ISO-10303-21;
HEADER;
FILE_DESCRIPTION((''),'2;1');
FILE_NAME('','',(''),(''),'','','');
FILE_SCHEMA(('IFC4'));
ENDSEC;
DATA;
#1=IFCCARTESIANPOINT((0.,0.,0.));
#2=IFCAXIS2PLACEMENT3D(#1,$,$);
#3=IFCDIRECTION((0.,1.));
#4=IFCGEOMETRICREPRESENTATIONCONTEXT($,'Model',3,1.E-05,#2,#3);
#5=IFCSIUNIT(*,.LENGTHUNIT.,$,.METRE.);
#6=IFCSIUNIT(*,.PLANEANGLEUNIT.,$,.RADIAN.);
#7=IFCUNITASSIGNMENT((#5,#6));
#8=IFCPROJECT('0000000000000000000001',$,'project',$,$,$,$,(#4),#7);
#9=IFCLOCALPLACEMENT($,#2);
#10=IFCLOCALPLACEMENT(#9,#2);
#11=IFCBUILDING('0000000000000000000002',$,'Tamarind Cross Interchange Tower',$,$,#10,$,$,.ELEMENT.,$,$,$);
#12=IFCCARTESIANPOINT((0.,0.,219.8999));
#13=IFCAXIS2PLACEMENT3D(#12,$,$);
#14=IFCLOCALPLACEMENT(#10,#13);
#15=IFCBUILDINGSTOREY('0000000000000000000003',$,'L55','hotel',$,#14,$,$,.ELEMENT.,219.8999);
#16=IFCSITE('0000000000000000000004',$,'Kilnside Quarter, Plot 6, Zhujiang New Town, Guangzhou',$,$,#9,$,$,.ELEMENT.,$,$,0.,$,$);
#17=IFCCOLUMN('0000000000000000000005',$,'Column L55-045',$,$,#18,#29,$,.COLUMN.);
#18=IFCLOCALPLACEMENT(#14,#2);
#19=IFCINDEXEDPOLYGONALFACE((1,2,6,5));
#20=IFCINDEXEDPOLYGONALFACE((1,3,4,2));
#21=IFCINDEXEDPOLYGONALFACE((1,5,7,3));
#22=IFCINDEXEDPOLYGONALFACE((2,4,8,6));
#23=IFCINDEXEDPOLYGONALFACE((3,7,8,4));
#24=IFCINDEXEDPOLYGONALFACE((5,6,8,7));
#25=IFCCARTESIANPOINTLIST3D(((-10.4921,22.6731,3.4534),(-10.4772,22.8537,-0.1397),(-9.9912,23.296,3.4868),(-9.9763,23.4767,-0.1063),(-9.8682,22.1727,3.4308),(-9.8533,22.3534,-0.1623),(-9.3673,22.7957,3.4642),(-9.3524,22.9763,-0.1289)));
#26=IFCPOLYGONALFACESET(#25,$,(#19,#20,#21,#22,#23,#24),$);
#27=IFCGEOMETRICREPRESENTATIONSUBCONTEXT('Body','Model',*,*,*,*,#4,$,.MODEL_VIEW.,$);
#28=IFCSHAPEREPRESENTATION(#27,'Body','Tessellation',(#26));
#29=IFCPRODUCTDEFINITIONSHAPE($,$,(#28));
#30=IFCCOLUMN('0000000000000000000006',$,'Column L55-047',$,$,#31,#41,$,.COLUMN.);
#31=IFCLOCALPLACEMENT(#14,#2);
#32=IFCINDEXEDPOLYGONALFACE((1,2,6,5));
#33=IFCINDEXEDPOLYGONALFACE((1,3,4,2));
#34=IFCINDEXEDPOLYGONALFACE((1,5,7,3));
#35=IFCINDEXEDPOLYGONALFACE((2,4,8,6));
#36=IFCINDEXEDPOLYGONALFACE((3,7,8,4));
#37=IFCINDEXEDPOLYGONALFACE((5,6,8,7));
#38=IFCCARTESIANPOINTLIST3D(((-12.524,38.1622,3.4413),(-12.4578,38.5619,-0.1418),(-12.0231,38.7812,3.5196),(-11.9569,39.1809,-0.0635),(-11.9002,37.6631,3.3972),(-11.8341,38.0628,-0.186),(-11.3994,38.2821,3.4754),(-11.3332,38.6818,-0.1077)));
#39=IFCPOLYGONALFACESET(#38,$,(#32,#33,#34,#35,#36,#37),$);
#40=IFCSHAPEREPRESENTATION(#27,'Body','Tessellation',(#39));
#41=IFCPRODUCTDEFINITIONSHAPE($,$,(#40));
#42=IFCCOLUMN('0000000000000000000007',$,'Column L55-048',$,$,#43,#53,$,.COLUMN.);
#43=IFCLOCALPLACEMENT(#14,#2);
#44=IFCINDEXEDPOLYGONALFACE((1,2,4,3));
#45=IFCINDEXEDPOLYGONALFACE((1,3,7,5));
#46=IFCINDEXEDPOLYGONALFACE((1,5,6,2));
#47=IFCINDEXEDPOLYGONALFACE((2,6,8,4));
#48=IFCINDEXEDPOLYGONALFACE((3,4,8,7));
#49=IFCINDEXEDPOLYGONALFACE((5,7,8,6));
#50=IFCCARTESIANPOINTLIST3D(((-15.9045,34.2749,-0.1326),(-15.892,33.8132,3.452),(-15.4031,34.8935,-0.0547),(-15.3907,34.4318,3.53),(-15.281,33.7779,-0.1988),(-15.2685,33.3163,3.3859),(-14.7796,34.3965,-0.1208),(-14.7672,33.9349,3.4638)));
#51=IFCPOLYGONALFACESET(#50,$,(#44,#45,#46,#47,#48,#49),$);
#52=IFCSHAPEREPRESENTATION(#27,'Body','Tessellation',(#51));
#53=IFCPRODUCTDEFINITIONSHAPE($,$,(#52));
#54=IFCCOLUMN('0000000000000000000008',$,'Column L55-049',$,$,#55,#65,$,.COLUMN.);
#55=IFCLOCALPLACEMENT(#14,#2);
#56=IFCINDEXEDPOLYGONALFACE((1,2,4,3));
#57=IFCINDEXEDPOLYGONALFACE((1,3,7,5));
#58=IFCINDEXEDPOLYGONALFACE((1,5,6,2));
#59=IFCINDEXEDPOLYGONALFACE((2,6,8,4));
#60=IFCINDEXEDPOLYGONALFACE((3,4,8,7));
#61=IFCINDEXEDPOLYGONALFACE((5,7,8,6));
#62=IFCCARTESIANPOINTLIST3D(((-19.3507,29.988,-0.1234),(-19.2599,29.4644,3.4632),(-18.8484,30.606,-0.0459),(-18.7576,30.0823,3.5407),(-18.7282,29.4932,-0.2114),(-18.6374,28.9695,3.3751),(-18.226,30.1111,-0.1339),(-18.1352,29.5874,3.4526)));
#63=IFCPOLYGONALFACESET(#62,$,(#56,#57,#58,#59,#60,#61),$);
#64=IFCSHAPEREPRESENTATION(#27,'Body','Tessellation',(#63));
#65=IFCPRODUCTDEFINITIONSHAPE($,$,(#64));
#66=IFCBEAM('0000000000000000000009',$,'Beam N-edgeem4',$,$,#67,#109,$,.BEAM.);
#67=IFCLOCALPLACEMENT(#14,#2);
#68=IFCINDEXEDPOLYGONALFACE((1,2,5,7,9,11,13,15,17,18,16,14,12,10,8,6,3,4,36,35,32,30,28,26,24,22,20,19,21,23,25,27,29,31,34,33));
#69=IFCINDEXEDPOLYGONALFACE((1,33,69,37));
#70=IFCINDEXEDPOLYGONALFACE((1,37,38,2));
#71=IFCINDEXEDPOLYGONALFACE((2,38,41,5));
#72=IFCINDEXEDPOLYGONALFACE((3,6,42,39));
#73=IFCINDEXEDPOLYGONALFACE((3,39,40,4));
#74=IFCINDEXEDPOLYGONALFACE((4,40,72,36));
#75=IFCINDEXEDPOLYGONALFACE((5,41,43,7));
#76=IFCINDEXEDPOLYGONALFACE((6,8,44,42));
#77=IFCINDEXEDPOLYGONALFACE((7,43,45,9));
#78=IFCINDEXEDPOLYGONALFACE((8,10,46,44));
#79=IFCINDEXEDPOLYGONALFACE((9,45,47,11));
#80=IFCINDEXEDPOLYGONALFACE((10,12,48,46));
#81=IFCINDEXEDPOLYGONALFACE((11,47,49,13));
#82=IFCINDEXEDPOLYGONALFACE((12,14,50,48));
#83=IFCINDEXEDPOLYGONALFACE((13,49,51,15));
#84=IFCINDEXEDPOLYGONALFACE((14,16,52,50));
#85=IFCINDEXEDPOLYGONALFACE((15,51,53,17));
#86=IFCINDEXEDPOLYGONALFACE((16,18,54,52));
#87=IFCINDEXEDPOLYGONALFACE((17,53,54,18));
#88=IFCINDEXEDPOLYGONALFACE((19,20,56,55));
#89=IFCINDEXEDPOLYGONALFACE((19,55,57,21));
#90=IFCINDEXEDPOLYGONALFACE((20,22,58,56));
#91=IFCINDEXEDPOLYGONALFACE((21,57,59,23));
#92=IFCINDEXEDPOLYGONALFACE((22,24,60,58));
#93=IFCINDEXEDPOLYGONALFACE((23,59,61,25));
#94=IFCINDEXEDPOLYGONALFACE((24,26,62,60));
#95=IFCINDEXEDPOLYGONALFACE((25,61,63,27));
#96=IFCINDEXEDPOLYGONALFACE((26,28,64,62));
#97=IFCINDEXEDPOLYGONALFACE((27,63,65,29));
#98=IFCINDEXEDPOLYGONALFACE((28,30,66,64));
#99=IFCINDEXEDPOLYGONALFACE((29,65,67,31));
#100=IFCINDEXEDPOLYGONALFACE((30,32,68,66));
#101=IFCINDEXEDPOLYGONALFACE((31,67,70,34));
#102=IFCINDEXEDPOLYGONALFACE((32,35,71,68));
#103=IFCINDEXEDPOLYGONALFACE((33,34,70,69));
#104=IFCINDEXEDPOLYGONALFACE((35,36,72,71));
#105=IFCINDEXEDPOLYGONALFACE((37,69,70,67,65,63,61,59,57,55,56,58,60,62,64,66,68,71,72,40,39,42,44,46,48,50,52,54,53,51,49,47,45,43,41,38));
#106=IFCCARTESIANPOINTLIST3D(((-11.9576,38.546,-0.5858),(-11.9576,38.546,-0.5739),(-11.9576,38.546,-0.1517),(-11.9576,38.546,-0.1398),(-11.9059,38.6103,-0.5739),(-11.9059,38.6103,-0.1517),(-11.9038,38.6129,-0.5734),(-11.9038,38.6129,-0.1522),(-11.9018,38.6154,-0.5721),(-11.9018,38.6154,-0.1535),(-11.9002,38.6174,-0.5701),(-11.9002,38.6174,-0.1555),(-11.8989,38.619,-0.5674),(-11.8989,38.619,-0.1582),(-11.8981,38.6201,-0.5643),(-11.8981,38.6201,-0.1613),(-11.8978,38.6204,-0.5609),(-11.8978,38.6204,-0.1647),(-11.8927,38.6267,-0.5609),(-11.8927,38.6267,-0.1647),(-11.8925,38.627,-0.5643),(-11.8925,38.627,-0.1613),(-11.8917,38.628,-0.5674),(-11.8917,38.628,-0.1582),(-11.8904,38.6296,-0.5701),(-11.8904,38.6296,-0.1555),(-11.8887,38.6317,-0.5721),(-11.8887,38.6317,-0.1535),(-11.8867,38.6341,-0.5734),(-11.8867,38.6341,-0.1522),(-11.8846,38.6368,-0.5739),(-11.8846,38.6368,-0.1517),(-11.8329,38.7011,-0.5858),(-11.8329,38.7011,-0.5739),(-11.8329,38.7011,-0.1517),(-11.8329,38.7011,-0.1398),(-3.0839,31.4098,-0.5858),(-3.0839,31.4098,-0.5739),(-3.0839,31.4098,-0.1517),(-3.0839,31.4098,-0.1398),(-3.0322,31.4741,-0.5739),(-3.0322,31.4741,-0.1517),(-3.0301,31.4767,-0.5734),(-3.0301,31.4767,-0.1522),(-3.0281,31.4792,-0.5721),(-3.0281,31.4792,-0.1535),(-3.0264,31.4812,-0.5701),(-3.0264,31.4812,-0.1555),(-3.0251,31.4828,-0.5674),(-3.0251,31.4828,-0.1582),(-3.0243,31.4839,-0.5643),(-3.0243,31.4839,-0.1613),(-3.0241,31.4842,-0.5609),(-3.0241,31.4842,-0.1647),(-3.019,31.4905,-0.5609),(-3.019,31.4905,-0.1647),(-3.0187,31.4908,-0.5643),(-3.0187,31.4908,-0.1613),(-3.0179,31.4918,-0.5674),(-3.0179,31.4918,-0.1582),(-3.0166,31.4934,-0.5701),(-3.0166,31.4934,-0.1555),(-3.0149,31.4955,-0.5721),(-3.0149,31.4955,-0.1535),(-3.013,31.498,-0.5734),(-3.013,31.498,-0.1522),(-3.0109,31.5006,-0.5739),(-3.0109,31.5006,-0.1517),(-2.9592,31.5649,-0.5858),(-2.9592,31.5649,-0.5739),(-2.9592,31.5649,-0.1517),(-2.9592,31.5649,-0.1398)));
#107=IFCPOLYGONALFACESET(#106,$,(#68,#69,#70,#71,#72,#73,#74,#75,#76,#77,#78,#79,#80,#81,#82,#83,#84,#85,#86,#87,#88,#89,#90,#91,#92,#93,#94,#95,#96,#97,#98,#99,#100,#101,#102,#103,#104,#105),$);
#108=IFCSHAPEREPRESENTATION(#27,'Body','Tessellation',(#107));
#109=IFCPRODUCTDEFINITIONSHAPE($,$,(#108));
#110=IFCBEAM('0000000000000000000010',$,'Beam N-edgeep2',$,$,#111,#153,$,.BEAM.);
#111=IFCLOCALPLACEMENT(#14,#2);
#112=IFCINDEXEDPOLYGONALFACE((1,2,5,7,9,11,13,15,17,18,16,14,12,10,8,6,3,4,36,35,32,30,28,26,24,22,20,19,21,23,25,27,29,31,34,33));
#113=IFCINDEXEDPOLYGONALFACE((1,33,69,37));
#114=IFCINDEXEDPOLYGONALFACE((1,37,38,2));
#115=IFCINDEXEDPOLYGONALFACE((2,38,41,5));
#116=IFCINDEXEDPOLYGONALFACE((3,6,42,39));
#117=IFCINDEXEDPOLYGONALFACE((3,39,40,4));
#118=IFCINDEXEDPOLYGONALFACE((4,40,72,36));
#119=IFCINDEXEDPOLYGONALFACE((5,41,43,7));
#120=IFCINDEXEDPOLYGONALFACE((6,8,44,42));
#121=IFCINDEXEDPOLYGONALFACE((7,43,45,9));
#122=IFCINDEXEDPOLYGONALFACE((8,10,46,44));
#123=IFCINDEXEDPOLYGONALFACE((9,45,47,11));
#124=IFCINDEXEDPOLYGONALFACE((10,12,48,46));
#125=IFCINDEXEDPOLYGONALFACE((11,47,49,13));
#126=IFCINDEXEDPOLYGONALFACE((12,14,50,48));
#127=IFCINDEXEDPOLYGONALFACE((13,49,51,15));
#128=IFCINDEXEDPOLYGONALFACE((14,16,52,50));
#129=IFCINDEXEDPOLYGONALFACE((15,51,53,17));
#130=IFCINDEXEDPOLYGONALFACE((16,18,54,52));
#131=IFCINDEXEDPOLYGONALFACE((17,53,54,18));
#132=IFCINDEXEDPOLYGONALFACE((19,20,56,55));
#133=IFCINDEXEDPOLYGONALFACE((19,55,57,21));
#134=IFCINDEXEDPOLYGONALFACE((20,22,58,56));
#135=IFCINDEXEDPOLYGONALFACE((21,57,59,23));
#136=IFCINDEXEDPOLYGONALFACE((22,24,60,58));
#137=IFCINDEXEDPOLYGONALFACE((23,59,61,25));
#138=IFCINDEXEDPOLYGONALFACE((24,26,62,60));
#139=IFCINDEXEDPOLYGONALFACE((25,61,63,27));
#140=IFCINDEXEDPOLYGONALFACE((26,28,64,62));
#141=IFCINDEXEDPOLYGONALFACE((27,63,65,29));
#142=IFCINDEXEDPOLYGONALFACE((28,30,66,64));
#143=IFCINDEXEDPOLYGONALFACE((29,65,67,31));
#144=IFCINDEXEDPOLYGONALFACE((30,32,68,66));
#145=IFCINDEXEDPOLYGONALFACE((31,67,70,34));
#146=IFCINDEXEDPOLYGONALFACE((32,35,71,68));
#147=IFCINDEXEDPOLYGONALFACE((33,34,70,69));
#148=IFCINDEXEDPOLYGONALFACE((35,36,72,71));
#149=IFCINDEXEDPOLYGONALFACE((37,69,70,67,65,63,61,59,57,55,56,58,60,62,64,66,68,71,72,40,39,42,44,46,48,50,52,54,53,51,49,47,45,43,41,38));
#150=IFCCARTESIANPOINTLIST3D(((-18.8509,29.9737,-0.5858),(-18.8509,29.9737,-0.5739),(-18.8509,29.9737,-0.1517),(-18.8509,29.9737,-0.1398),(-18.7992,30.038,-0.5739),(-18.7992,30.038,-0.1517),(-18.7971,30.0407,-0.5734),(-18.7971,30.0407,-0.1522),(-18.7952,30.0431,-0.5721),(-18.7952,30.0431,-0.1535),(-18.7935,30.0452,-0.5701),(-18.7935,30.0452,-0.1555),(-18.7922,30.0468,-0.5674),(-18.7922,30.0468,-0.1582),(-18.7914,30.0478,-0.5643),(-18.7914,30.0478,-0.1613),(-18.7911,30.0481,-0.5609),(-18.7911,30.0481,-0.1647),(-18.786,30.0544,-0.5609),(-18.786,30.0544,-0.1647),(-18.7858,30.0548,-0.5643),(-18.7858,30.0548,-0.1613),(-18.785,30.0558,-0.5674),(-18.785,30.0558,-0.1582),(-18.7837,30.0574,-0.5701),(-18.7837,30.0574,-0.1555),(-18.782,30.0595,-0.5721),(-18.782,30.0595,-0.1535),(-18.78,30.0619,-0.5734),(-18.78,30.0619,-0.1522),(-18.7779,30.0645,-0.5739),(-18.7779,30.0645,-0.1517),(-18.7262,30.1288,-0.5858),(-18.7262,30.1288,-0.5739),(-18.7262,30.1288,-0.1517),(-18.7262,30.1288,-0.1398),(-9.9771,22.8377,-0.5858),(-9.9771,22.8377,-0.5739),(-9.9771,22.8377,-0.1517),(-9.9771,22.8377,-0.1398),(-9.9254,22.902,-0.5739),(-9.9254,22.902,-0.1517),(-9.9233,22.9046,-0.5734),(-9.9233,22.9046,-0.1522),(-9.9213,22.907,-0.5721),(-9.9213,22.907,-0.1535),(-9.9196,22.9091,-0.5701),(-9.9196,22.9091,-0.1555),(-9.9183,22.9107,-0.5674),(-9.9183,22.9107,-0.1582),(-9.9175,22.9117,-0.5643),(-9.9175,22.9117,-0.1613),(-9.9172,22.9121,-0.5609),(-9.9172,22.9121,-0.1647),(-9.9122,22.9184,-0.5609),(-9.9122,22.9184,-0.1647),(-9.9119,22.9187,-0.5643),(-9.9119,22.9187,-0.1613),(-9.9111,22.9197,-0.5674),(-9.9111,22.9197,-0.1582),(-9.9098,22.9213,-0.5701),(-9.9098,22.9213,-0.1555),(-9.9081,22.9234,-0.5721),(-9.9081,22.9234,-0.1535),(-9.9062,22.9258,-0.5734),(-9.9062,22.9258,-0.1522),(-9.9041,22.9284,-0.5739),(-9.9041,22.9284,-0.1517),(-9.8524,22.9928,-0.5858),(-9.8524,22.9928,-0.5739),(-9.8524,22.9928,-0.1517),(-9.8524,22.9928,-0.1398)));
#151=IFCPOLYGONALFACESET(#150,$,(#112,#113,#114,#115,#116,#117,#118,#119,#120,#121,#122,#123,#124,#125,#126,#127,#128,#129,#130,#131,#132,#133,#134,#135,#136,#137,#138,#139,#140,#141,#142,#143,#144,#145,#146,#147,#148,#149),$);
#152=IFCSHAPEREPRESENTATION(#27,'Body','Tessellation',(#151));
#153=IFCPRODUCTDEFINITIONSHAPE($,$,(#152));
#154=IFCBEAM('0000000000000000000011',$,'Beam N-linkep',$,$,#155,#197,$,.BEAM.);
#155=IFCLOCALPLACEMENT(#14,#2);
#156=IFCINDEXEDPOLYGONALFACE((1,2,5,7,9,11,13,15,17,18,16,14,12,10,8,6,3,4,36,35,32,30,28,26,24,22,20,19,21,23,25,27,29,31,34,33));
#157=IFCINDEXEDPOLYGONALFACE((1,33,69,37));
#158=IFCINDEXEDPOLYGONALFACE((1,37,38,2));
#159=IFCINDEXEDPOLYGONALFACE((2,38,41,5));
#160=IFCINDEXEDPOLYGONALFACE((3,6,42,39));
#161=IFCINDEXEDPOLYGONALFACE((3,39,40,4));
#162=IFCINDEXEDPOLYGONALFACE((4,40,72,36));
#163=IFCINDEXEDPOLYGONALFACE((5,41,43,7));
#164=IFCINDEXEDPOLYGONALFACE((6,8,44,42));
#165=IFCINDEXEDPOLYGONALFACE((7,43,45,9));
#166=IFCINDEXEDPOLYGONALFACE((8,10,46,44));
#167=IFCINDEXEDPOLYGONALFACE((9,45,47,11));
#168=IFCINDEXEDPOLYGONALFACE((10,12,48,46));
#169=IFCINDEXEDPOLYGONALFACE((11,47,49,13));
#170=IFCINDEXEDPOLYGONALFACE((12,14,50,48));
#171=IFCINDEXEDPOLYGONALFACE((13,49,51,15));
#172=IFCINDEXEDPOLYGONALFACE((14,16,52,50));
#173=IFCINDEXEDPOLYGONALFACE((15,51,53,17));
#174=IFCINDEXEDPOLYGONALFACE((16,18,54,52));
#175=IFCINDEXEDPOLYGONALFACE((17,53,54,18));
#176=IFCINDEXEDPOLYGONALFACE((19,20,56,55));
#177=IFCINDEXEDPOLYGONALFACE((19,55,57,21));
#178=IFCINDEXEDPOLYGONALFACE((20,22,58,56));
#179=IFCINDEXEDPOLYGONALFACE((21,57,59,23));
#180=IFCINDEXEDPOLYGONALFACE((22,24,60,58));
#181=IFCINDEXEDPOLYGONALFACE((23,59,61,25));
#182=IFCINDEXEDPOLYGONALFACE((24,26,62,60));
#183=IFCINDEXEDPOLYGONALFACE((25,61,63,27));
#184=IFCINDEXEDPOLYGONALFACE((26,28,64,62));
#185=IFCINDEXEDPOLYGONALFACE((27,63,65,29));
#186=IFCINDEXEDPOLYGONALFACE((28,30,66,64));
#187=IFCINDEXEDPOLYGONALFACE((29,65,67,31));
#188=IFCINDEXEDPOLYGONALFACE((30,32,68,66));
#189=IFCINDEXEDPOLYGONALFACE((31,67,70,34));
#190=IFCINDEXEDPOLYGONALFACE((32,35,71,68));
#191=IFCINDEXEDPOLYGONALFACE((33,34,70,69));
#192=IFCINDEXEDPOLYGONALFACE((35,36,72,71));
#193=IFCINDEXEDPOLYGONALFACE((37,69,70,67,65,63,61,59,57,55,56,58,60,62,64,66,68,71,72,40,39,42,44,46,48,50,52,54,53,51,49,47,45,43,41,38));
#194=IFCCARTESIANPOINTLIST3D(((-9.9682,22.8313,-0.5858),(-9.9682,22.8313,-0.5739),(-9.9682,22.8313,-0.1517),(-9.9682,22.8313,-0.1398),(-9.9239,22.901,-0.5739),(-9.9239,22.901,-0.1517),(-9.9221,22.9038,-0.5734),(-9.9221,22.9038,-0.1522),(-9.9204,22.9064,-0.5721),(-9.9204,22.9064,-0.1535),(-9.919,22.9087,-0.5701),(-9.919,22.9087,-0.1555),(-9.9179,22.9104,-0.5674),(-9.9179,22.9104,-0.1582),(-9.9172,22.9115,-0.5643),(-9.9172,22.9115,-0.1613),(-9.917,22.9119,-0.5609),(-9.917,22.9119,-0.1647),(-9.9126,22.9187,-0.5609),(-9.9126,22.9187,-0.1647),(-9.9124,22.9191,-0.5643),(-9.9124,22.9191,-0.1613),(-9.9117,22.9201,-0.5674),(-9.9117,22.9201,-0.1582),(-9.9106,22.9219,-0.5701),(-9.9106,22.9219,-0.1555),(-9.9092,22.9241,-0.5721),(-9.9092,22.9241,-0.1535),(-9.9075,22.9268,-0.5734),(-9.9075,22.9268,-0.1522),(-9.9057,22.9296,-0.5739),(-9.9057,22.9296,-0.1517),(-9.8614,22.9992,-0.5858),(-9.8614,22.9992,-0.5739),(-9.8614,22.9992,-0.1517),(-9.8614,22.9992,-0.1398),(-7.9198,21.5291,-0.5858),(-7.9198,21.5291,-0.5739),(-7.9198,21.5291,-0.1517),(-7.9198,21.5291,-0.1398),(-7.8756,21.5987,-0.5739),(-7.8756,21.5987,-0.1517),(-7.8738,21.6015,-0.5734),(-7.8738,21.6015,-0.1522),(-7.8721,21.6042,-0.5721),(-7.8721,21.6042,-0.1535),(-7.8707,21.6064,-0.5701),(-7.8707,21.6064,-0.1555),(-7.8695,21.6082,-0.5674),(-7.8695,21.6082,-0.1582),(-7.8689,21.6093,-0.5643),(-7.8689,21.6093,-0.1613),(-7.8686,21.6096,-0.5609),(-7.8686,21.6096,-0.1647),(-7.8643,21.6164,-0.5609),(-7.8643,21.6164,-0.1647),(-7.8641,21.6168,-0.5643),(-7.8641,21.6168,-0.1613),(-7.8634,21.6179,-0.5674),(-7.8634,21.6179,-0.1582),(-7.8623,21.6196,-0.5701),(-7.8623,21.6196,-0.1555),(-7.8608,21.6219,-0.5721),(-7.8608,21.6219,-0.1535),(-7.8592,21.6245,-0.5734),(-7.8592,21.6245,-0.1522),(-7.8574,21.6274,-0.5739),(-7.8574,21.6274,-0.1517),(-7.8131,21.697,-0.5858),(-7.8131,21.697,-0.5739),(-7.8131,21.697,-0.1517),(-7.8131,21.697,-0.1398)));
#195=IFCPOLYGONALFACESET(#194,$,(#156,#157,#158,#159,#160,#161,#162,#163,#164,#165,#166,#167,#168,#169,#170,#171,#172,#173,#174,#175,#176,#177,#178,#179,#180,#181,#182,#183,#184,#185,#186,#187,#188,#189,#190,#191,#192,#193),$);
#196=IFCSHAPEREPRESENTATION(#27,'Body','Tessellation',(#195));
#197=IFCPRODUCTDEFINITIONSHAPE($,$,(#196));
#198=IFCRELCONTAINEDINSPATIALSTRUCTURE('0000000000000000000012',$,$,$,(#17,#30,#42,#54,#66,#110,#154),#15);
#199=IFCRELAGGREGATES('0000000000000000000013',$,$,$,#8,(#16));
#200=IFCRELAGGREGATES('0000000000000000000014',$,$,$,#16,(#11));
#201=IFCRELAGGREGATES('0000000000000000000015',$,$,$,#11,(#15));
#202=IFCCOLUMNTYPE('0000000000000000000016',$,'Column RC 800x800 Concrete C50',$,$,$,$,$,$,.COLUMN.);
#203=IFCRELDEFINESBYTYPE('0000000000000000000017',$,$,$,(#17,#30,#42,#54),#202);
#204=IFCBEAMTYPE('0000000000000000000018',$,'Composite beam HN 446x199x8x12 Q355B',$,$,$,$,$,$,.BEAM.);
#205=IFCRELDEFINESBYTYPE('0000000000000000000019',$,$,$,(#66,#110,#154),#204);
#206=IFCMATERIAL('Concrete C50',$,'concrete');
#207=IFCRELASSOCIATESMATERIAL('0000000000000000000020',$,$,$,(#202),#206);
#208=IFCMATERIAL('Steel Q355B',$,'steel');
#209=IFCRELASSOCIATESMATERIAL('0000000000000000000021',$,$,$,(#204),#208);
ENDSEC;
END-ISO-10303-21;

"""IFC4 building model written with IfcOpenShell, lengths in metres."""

from ifc_helpers import new_model, si_unit, direction, frame, origin, origin_2d, place, context, subcontext, project, spatial, rectangle, i_section, extrude, material, material_profile, profile_set, type_object, element, save


model = new_model("IFC4")

# Units and contexts
model_context = context("Model", 3, precision=1e-05, world=origin(), true_north=direction((0.0, 1.0)))
body_context = subcontext(model_context, "Body", "Model", "MODEL_VIEW")
ifc_project = project(units=[si_unit("LENGTHUNIT", "METRE"), si_unit("PLANEANGLEUNIT", "RADIAN")], contexts=[model_context])

# Site, building, storey
site_placement = place(None, origin())
site = spatial("IfcSite", under=ifc_project, at=site_placement, Name="Kilnside Quarter, Plot 6, Zhujiang New Town, Guangzhou", CompositionType="ELEMENT", RefElevation=0.0)
building_placement = place(site_placement, origin())
building = spatial("IfcBuilding", under=site, at=building_placement, Name="Tamarind Cross Interchange Tower", CompositionType="ELEMENT")
storey_placement = place(building_placement, frame((0.0, 0.0, 219.8999)))
storey = spatial("IfcBuildingStorey", under=building, at=storey_placement, Name="L55", Description="hotel", CompositionType="ELEMENT", Elevation=219.8999)

# Columns
ifc_material_1 = material(Name="Concrete C50", Category="concrete")
ifc_material_profile_1 = material_profile(ifc_material_1, rectangle(XDim=0.8, YDim=0.8, at=origin_2d()), Name="RC 800x800")
ifc_profile_set_1 = profile_set([ifc_material_profile_1], Name="Concrete C50")
column_type = type_object("IfcColumnType", Name="Column RC 800x800 Concrete C50", PredefinedType="COLUMN", material=ifc_profile_set_1)
column_1_placement = place(storey_placement, frame((-9.9148, 22.915, -0.1343), z_axis=(-0.00414, -0.050218, 0.99873), x_axis=(0.626045, 0.778669, 0.041748)))
element("IfcColumn", 1, at=column_1_placement, inside=storey, type_object=column_type, Name="Column L55-045", PredefinedType="COLUMN", context=body_context, shape_type="SweptSolid", body=[
    extrude(rectangle(XDim=0.8, YDim=0.8, at=origin_2d()), origin(), (0.0, 0.0, 1.0), 3.5977),
])
column_2_placement = place(storey_placement, frame((-11.8955, 38.6218, -0.1248), z_axis=(-0.018349, -0.110837, 0.993669), x_axis=(0.626012, 0.773649, 0.097855)))
element("IfcColumn", 2, at=column_2_placement, inside=storey, type_object=column_type, Name="Column L55-047", PredefinedType="COLUMN", context=body_context, shape_type="SweptSolid", body=[
    extrude(rectangle(XDim=0.8, YDim=0.8, at=origin_2d()), origin(), (0.0, 0.0, 1.0), 3.606),
])
column_3_placement = place(storey_placement, frame((-15.342, 34.3357, -0.1267), z_axis=(0.003445, -0.127733, 0.991803), x_axis=(0.626633, 0.773203, 0.097403)))
element("IfcColumn", 3, at=column_3_placement, inside=storey, type_object=column_type, Name="Column L55-048", PredefinedType="COLUMN", context=body_context, shape_type="SweptSolid", body=[
    extrude(rectangle(XDim=0.8, YDim=0.8, at=origin_2d()), origin(), (0.0, 0.0, 1.0), 3.6143),
])
column_4_placement = place(storey_placement, frame((-18.7883, 30.0496, -0.1287), z_axis=(0.025048, -0.144431, 0.989198), x_axis=(0.627777, 0.772342, 0.096872)))
element("IfcColumn", 4, at=column_4_placement, inside=storey, type_object=column_type, Name="Column L55-049", PredefinedType="COLUMN", context=body_context, shape_type="SweptSolid", body=[
    extrude(rectangle(XDim=0.8, YDim=0.8, at=origin_2d()), origin(), (0.0, 0.0, 1.0), 3.6257),
])

# Beams
ifc_material_2 = material(Name="Steel Q355B", Category="steel")
ifc_material_profile_2 = material_profile(ifc_material_2, i_section(OverallWidth=0.199, OverallDepth=0.446, WebThickness=0.0081, FlangeThickness=0.012, FilletRadius=0.0129, at=origin_2d()), Name="HN 446x199x8x12")
ifc_profile_set_2 = profile_set([ifc_material_profile_2], Name="Steel Q355B")
beam_type_1 = type_object("IfcBeamType", Name="Composite beam HN 446x199x8x12 Q355B", PredefinedType="BEAM", material=ifc_profile_set_2)
for number, where, z_axis, x_axis, name in (
    (5, (-11.8953, 38.6235, -0.3628), (0.779272, -0.626685, 0.0), (0.626685, 0.779272, 0.0), "Beam N-edgeem4"),
    (6, (-18.7886, 30.0513, -0.3628), (0.779283, -0.626672, 0.0), (0.626672, 0.779283, 0.0), "Beam N-edgeep2"),
):
    element("IfcBeam", number, at=place(storey_placement, frame(where, z_axis=z_axis, x_axis=x_axis)), inside=storey, type_object=beam_type_1, Name=name, PredefinedType="BEAM", context=body_context, shape_type="SweptSolid", body=[
        extrude(i_section(OverallWidth=0.199, OverallDepth=0.446, WebThickness=0.0081, FlangeThickness=0.012, FilletRadius=0.0129, at=origin_2d()), origin(), (0.0, 0.0, 1.0), 11.3872),
    ])
beam_1_placement = place(storey_placement, frame((-9.9148, 22.9153, -0.3628), z_axis=(0.843893, -0.536511, 0.0), x_axis=(0.536511, 0.843893, 0.0)))
element("IfcBeam", 7, at=beam_1_placement, inside=storey, type_object=beam_type_1, Name="Beam N-linkep", PredefinedType="BEAM", context=body_context, shape_type="SweptSolid", body=[
    extrude(i_section(OverallWidth=0.199, OverallDepth=0.446, WebThickness=0.0081, FlangeThickness=0.012, FilletRadius=0.0129, at=origin_2d()), origin(), (0.0, 0.0, 1.0), 2.4272),
])

save(model, "model.ifc")
